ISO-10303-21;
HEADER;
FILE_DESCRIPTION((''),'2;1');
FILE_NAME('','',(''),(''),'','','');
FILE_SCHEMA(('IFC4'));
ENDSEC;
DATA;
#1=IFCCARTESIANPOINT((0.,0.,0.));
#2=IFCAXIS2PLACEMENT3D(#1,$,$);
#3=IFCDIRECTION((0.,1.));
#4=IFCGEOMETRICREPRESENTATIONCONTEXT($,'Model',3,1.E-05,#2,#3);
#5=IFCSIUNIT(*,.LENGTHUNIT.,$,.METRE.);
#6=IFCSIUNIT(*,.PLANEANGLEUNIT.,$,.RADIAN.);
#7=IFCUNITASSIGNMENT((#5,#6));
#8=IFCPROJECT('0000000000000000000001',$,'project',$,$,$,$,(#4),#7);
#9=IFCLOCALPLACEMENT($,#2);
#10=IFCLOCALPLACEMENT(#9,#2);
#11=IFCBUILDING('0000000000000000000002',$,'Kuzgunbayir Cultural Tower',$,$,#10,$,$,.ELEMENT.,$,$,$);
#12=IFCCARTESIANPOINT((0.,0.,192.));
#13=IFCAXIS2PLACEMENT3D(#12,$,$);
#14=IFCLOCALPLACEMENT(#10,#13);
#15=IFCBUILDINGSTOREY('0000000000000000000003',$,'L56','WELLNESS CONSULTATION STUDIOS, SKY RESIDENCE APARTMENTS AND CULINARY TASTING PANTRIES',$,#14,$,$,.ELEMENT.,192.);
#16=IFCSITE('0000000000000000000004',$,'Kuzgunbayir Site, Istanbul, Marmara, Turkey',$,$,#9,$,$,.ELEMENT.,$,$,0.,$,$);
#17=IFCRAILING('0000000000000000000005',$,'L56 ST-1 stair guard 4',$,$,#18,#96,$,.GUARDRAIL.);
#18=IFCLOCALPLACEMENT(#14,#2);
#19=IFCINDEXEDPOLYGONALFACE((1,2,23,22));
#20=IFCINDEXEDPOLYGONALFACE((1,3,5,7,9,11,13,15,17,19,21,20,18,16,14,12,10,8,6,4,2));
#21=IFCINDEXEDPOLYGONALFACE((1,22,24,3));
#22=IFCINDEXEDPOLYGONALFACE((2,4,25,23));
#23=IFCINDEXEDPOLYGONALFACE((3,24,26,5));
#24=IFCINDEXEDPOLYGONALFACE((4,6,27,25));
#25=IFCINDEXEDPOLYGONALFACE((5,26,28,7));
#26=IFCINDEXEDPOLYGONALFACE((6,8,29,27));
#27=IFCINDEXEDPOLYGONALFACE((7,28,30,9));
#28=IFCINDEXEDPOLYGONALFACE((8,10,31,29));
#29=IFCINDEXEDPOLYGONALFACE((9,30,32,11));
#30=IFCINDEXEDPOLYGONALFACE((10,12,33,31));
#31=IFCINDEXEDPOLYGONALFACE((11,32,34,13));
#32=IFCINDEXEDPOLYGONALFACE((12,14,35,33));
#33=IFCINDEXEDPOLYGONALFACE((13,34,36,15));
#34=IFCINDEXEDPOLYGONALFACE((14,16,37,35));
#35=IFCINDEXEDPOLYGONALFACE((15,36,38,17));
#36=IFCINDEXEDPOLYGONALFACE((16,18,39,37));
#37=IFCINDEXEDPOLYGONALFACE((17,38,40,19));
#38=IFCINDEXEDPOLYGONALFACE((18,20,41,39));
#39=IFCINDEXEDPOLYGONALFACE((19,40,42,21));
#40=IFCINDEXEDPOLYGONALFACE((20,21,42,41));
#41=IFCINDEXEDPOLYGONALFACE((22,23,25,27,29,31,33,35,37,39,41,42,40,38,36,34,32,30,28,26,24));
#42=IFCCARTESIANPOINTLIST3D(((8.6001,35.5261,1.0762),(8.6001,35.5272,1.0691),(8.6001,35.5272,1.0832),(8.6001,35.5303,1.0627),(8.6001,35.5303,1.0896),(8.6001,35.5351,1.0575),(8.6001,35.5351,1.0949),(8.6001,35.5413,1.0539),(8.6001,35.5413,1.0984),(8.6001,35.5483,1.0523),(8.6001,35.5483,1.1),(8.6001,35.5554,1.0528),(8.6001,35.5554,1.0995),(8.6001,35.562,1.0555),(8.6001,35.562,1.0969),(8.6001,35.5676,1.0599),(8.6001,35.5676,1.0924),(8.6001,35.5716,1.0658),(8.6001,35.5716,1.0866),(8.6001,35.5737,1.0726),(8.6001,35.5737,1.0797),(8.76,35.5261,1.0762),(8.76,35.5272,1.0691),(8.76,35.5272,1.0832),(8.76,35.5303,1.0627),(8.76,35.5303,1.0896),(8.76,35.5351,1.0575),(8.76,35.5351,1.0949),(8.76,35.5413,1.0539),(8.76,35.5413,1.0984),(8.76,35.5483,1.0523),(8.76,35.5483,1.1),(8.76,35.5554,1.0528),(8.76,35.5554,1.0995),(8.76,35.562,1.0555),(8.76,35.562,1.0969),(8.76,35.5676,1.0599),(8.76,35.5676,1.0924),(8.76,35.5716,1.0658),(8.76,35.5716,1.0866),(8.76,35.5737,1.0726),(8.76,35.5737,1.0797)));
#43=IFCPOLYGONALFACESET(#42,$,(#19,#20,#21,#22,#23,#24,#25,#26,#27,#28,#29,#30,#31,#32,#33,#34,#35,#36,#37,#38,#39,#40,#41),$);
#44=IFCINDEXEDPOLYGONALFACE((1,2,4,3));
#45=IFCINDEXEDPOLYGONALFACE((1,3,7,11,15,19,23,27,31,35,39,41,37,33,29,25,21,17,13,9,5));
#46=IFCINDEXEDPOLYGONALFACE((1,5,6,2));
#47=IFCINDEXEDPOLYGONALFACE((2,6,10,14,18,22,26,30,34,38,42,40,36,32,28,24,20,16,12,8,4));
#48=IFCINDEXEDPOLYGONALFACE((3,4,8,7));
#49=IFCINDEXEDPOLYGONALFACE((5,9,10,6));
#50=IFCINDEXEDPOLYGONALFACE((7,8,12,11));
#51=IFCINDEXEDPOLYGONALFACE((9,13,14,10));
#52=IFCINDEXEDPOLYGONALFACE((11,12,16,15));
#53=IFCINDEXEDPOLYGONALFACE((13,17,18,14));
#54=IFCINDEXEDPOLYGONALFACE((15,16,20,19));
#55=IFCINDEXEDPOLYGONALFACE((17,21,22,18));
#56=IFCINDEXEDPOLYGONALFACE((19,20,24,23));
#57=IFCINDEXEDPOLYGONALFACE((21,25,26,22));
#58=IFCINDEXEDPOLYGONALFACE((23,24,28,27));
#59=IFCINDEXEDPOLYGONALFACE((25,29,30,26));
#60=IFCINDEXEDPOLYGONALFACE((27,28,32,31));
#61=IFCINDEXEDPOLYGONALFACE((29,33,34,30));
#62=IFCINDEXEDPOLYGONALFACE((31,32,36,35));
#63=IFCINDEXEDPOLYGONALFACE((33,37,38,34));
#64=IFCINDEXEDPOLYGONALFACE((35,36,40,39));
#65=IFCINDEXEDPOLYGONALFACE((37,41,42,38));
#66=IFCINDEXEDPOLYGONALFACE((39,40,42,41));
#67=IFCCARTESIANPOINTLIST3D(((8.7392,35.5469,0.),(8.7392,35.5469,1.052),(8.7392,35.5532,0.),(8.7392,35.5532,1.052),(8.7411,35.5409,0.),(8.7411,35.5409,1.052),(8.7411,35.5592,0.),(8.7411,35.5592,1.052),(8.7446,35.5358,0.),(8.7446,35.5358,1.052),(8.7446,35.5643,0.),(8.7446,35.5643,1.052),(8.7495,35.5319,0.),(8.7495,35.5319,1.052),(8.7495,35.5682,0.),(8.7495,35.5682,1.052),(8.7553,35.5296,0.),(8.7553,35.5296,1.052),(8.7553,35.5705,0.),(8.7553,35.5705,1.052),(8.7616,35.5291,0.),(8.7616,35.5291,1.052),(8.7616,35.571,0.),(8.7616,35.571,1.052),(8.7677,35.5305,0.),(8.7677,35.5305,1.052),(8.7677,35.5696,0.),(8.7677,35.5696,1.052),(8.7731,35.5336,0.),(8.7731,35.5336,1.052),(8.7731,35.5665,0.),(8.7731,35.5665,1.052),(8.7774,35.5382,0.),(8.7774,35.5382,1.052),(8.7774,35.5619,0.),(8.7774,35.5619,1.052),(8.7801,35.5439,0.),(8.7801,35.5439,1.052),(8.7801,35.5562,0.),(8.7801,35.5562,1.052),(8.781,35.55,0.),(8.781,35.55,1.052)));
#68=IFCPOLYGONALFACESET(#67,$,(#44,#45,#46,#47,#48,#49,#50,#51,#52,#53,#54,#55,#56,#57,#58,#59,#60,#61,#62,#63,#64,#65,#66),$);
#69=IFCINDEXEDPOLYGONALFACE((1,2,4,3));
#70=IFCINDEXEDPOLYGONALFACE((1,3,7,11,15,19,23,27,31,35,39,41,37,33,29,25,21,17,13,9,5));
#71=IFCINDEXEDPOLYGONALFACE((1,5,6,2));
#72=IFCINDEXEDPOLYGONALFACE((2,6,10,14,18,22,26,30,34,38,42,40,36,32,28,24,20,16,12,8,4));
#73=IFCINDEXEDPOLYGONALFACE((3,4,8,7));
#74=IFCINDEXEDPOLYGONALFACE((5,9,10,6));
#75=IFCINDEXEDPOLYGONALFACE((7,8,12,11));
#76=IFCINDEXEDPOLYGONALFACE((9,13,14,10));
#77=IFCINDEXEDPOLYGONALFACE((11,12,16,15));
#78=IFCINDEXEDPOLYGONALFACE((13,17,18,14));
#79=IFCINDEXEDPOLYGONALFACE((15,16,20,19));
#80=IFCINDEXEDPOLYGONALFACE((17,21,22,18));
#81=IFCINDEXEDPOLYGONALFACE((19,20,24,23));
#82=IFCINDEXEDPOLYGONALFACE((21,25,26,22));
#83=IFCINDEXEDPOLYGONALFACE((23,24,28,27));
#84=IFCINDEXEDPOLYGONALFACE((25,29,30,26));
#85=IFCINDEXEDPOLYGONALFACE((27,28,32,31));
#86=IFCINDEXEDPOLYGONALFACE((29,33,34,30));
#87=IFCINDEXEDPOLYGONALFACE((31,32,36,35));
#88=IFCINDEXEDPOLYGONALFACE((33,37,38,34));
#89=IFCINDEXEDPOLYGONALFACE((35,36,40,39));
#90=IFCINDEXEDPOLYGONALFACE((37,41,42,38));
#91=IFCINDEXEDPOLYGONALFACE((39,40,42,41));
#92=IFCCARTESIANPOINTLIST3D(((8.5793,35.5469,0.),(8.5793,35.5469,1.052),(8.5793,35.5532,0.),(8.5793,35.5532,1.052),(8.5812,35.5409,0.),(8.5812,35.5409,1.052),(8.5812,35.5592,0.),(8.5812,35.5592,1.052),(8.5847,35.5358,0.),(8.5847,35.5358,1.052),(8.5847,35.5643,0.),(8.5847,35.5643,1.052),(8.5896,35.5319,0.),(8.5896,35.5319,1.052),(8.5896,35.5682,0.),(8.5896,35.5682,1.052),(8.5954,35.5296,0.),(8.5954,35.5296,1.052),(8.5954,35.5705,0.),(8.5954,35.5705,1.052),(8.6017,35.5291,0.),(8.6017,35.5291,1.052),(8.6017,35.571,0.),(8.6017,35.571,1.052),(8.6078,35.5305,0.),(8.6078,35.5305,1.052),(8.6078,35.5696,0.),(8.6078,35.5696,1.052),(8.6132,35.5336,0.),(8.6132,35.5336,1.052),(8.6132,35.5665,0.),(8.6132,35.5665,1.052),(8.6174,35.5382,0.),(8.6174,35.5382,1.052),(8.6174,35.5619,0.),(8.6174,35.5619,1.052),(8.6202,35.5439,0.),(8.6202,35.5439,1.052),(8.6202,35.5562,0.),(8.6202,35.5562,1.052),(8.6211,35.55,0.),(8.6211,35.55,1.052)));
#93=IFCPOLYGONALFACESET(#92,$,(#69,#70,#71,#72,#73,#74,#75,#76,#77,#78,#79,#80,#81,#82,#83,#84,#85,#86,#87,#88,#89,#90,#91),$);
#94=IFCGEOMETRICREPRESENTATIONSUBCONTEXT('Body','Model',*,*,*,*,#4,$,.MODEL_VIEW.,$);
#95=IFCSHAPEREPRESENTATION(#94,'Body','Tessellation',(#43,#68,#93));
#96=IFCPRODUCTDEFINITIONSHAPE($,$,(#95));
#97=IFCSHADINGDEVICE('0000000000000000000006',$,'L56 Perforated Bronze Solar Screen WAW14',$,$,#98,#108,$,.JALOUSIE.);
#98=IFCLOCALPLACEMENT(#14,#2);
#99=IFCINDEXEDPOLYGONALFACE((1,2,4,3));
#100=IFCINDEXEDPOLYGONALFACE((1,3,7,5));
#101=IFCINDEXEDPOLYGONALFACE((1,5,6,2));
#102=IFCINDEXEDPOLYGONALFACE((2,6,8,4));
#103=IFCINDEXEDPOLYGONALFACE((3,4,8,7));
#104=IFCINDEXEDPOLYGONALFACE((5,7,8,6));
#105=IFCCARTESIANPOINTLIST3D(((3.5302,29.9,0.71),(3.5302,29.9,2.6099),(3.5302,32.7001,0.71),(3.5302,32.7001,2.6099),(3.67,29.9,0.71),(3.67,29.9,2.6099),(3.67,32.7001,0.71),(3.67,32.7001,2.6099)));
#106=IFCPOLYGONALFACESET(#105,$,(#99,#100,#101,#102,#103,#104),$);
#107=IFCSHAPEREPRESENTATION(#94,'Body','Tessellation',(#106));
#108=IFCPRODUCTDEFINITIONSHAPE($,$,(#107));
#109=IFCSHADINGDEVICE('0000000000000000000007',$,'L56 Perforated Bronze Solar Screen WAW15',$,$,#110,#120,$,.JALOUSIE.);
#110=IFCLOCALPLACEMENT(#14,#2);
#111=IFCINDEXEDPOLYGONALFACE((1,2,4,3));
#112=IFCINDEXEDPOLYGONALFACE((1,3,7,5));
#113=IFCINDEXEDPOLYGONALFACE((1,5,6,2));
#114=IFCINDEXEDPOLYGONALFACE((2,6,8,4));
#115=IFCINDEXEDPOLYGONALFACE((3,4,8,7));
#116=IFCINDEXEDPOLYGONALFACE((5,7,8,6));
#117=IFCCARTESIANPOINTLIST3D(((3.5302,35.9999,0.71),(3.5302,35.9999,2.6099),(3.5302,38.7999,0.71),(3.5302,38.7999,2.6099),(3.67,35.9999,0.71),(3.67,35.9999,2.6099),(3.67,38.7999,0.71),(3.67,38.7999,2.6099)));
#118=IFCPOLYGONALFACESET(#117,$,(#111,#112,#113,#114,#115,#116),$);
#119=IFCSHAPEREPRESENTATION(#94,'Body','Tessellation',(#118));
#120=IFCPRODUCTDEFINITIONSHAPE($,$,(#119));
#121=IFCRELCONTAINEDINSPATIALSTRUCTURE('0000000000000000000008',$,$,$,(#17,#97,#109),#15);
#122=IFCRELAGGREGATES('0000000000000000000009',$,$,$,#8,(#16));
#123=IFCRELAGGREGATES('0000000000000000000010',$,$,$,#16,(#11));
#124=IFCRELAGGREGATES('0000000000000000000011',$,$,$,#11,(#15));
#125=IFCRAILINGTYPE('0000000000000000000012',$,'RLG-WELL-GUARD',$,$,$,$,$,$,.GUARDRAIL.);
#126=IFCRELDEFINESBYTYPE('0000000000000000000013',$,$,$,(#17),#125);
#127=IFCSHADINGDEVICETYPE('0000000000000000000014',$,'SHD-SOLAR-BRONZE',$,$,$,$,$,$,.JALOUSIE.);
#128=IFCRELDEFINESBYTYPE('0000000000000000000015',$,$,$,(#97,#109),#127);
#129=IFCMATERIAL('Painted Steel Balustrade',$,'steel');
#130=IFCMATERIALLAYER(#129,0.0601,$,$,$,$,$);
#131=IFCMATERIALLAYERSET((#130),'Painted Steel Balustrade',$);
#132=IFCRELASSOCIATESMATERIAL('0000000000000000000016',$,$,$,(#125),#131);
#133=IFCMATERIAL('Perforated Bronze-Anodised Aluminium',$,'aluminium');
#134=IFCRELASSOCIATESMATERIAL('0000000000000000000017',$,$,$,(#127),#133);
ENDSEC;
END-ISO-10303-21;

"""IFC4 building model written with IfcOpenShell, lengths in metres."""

from ifc_helpers import new_model, si_unit, direction, frame, origin, origin_2d, place, context, subcontext, project, spatial, rectangle, circle, extrude, material, layer, layer_set, type_object, element, save


model = new_model("IFC4")

# Units and contexts
model_context = context("Model", 3, precision=1e-05, world=origin(), true_north=direction((0.0, 1.0)))
body_context = subcontext(model_context, "Body", "Model", "MODEL_VIEW")
ifc_project = project(units=[si_unit("LENGTHUNIT", "METRE"), si_unit("PLANEANGLEUNIT", "RADIAN")], contexts=[model_context])

# Site, building, storey
site_placement = place(None, origin())
site = spatial("IfcSite", under=ifc_project, at=site_placement, Name="Kuzgunbayir Site, Istanbul, Marmara, Turkey", CompositionType="ELEMENT", RefElevation=0.0)
building_placement = place(site_placement, origin())
building = spatial("IfcBuilding", under=site, at=building_placement, Name="Kuzgunbayir Cultural Tower", CompositionType="ELEMENT")
storey_placement = place(building_placement, frame((0.0, 0.0, 192.0)))
storey = spatial("IfcBuildingStorey", under=building, at=storey_placement, Name="L56", Description="WELLNESS CONSULTATION STUDIOS, SKY RESIDENCE APARTMENTS AND CULINARY TASTING PANTRIES", CompositionType="ELEMENT", Elevation=192.0)

# Railing
ifc_material_1 = material(Name="Painted Steel Balustrade", Category="steel")
ifc_layer_1 = layer(ifc_material_1, 0.0601)
ifc_layer_set_1 = layer_set([ifc_layer_1], Name="Painted Steel Balustrade")
railing_type_1 = type_object("IfcRailingType", Name="RLG-WELL-GUARD", PredefinedType="GUARDRAIL", material=ifc_layer_set_1)
railing_1_placement = place(storey_placement, frame((8.76, 35.55, 0.0)))
element("IfcRailing", 1, at=railing_1_placement, inside=storey, type_object=railing_type_1, Name="L56 ST-1 stair guard 4", PredefinedType="GUARDRAIL", context=body_context, shape_type="SweptSolid", body=[
    extrude(circle(Radius=0.0239, at=origin_2d()), frame((0.0, 0.0, 1.0762), z_axis=(-1.0, 0.0, 0.0), x_axis=(0.0, -1.0, 0.0)), (0.0, 0.0, 1.0), 0.1599),
    extrude(circle(Radius=0.021, at=origin_2d()), origin(), (0.0, 0.0, 1.0), 1.052),
    extrude(circle(Radius=0.021, at=origin_2d()), frame((-0.1599, 0.0, 0.0)), (0.0, 0.0, 1.0), 1.052),
])

# Shading devices
ifc_material_2 = material(Name="Perforated Bronze-Anodised Aluminium", Category="aluminium")
shading_device_type = type_object("IfcShadingDeviceType", Name="SHD-SOLAR-BRONZE", PredefinedType="JALOUSIE", material=ifc_material_2)
for number, where, z_axis, x_axis, name in (
    (2, (3.6001, 31.3, 0.71), (0.0, 0.0, 1.0), (1.0, 0.0, 0.0), "L56 Perforated Bronze Solar Screen WAW14"),
    (3, (3.6001, 37.3999, 0.71), (0.0, 0.0, 1.0), (1.0, 0.0, 0.0), "L56 Perforated Bronze Solar Screen WAW15"),
):
    element("IfcShadingDevice", number, at=place(storey_placement, frame(where, z_axis=z_axis, x_axis=x_axis)), inside=storey, type_object=shading_device_type, Name=name, PredefinedType="JALOUSIE", context=body_context, shape_type="SweptSolid", body=[
        extrude(rectangle(XDim=0.1399, YDim=2.8, at=origin_2d()), origin(), (0.0, 0.0, 1.0), 1.8999),
    ])

save(model, "model.ifc")
